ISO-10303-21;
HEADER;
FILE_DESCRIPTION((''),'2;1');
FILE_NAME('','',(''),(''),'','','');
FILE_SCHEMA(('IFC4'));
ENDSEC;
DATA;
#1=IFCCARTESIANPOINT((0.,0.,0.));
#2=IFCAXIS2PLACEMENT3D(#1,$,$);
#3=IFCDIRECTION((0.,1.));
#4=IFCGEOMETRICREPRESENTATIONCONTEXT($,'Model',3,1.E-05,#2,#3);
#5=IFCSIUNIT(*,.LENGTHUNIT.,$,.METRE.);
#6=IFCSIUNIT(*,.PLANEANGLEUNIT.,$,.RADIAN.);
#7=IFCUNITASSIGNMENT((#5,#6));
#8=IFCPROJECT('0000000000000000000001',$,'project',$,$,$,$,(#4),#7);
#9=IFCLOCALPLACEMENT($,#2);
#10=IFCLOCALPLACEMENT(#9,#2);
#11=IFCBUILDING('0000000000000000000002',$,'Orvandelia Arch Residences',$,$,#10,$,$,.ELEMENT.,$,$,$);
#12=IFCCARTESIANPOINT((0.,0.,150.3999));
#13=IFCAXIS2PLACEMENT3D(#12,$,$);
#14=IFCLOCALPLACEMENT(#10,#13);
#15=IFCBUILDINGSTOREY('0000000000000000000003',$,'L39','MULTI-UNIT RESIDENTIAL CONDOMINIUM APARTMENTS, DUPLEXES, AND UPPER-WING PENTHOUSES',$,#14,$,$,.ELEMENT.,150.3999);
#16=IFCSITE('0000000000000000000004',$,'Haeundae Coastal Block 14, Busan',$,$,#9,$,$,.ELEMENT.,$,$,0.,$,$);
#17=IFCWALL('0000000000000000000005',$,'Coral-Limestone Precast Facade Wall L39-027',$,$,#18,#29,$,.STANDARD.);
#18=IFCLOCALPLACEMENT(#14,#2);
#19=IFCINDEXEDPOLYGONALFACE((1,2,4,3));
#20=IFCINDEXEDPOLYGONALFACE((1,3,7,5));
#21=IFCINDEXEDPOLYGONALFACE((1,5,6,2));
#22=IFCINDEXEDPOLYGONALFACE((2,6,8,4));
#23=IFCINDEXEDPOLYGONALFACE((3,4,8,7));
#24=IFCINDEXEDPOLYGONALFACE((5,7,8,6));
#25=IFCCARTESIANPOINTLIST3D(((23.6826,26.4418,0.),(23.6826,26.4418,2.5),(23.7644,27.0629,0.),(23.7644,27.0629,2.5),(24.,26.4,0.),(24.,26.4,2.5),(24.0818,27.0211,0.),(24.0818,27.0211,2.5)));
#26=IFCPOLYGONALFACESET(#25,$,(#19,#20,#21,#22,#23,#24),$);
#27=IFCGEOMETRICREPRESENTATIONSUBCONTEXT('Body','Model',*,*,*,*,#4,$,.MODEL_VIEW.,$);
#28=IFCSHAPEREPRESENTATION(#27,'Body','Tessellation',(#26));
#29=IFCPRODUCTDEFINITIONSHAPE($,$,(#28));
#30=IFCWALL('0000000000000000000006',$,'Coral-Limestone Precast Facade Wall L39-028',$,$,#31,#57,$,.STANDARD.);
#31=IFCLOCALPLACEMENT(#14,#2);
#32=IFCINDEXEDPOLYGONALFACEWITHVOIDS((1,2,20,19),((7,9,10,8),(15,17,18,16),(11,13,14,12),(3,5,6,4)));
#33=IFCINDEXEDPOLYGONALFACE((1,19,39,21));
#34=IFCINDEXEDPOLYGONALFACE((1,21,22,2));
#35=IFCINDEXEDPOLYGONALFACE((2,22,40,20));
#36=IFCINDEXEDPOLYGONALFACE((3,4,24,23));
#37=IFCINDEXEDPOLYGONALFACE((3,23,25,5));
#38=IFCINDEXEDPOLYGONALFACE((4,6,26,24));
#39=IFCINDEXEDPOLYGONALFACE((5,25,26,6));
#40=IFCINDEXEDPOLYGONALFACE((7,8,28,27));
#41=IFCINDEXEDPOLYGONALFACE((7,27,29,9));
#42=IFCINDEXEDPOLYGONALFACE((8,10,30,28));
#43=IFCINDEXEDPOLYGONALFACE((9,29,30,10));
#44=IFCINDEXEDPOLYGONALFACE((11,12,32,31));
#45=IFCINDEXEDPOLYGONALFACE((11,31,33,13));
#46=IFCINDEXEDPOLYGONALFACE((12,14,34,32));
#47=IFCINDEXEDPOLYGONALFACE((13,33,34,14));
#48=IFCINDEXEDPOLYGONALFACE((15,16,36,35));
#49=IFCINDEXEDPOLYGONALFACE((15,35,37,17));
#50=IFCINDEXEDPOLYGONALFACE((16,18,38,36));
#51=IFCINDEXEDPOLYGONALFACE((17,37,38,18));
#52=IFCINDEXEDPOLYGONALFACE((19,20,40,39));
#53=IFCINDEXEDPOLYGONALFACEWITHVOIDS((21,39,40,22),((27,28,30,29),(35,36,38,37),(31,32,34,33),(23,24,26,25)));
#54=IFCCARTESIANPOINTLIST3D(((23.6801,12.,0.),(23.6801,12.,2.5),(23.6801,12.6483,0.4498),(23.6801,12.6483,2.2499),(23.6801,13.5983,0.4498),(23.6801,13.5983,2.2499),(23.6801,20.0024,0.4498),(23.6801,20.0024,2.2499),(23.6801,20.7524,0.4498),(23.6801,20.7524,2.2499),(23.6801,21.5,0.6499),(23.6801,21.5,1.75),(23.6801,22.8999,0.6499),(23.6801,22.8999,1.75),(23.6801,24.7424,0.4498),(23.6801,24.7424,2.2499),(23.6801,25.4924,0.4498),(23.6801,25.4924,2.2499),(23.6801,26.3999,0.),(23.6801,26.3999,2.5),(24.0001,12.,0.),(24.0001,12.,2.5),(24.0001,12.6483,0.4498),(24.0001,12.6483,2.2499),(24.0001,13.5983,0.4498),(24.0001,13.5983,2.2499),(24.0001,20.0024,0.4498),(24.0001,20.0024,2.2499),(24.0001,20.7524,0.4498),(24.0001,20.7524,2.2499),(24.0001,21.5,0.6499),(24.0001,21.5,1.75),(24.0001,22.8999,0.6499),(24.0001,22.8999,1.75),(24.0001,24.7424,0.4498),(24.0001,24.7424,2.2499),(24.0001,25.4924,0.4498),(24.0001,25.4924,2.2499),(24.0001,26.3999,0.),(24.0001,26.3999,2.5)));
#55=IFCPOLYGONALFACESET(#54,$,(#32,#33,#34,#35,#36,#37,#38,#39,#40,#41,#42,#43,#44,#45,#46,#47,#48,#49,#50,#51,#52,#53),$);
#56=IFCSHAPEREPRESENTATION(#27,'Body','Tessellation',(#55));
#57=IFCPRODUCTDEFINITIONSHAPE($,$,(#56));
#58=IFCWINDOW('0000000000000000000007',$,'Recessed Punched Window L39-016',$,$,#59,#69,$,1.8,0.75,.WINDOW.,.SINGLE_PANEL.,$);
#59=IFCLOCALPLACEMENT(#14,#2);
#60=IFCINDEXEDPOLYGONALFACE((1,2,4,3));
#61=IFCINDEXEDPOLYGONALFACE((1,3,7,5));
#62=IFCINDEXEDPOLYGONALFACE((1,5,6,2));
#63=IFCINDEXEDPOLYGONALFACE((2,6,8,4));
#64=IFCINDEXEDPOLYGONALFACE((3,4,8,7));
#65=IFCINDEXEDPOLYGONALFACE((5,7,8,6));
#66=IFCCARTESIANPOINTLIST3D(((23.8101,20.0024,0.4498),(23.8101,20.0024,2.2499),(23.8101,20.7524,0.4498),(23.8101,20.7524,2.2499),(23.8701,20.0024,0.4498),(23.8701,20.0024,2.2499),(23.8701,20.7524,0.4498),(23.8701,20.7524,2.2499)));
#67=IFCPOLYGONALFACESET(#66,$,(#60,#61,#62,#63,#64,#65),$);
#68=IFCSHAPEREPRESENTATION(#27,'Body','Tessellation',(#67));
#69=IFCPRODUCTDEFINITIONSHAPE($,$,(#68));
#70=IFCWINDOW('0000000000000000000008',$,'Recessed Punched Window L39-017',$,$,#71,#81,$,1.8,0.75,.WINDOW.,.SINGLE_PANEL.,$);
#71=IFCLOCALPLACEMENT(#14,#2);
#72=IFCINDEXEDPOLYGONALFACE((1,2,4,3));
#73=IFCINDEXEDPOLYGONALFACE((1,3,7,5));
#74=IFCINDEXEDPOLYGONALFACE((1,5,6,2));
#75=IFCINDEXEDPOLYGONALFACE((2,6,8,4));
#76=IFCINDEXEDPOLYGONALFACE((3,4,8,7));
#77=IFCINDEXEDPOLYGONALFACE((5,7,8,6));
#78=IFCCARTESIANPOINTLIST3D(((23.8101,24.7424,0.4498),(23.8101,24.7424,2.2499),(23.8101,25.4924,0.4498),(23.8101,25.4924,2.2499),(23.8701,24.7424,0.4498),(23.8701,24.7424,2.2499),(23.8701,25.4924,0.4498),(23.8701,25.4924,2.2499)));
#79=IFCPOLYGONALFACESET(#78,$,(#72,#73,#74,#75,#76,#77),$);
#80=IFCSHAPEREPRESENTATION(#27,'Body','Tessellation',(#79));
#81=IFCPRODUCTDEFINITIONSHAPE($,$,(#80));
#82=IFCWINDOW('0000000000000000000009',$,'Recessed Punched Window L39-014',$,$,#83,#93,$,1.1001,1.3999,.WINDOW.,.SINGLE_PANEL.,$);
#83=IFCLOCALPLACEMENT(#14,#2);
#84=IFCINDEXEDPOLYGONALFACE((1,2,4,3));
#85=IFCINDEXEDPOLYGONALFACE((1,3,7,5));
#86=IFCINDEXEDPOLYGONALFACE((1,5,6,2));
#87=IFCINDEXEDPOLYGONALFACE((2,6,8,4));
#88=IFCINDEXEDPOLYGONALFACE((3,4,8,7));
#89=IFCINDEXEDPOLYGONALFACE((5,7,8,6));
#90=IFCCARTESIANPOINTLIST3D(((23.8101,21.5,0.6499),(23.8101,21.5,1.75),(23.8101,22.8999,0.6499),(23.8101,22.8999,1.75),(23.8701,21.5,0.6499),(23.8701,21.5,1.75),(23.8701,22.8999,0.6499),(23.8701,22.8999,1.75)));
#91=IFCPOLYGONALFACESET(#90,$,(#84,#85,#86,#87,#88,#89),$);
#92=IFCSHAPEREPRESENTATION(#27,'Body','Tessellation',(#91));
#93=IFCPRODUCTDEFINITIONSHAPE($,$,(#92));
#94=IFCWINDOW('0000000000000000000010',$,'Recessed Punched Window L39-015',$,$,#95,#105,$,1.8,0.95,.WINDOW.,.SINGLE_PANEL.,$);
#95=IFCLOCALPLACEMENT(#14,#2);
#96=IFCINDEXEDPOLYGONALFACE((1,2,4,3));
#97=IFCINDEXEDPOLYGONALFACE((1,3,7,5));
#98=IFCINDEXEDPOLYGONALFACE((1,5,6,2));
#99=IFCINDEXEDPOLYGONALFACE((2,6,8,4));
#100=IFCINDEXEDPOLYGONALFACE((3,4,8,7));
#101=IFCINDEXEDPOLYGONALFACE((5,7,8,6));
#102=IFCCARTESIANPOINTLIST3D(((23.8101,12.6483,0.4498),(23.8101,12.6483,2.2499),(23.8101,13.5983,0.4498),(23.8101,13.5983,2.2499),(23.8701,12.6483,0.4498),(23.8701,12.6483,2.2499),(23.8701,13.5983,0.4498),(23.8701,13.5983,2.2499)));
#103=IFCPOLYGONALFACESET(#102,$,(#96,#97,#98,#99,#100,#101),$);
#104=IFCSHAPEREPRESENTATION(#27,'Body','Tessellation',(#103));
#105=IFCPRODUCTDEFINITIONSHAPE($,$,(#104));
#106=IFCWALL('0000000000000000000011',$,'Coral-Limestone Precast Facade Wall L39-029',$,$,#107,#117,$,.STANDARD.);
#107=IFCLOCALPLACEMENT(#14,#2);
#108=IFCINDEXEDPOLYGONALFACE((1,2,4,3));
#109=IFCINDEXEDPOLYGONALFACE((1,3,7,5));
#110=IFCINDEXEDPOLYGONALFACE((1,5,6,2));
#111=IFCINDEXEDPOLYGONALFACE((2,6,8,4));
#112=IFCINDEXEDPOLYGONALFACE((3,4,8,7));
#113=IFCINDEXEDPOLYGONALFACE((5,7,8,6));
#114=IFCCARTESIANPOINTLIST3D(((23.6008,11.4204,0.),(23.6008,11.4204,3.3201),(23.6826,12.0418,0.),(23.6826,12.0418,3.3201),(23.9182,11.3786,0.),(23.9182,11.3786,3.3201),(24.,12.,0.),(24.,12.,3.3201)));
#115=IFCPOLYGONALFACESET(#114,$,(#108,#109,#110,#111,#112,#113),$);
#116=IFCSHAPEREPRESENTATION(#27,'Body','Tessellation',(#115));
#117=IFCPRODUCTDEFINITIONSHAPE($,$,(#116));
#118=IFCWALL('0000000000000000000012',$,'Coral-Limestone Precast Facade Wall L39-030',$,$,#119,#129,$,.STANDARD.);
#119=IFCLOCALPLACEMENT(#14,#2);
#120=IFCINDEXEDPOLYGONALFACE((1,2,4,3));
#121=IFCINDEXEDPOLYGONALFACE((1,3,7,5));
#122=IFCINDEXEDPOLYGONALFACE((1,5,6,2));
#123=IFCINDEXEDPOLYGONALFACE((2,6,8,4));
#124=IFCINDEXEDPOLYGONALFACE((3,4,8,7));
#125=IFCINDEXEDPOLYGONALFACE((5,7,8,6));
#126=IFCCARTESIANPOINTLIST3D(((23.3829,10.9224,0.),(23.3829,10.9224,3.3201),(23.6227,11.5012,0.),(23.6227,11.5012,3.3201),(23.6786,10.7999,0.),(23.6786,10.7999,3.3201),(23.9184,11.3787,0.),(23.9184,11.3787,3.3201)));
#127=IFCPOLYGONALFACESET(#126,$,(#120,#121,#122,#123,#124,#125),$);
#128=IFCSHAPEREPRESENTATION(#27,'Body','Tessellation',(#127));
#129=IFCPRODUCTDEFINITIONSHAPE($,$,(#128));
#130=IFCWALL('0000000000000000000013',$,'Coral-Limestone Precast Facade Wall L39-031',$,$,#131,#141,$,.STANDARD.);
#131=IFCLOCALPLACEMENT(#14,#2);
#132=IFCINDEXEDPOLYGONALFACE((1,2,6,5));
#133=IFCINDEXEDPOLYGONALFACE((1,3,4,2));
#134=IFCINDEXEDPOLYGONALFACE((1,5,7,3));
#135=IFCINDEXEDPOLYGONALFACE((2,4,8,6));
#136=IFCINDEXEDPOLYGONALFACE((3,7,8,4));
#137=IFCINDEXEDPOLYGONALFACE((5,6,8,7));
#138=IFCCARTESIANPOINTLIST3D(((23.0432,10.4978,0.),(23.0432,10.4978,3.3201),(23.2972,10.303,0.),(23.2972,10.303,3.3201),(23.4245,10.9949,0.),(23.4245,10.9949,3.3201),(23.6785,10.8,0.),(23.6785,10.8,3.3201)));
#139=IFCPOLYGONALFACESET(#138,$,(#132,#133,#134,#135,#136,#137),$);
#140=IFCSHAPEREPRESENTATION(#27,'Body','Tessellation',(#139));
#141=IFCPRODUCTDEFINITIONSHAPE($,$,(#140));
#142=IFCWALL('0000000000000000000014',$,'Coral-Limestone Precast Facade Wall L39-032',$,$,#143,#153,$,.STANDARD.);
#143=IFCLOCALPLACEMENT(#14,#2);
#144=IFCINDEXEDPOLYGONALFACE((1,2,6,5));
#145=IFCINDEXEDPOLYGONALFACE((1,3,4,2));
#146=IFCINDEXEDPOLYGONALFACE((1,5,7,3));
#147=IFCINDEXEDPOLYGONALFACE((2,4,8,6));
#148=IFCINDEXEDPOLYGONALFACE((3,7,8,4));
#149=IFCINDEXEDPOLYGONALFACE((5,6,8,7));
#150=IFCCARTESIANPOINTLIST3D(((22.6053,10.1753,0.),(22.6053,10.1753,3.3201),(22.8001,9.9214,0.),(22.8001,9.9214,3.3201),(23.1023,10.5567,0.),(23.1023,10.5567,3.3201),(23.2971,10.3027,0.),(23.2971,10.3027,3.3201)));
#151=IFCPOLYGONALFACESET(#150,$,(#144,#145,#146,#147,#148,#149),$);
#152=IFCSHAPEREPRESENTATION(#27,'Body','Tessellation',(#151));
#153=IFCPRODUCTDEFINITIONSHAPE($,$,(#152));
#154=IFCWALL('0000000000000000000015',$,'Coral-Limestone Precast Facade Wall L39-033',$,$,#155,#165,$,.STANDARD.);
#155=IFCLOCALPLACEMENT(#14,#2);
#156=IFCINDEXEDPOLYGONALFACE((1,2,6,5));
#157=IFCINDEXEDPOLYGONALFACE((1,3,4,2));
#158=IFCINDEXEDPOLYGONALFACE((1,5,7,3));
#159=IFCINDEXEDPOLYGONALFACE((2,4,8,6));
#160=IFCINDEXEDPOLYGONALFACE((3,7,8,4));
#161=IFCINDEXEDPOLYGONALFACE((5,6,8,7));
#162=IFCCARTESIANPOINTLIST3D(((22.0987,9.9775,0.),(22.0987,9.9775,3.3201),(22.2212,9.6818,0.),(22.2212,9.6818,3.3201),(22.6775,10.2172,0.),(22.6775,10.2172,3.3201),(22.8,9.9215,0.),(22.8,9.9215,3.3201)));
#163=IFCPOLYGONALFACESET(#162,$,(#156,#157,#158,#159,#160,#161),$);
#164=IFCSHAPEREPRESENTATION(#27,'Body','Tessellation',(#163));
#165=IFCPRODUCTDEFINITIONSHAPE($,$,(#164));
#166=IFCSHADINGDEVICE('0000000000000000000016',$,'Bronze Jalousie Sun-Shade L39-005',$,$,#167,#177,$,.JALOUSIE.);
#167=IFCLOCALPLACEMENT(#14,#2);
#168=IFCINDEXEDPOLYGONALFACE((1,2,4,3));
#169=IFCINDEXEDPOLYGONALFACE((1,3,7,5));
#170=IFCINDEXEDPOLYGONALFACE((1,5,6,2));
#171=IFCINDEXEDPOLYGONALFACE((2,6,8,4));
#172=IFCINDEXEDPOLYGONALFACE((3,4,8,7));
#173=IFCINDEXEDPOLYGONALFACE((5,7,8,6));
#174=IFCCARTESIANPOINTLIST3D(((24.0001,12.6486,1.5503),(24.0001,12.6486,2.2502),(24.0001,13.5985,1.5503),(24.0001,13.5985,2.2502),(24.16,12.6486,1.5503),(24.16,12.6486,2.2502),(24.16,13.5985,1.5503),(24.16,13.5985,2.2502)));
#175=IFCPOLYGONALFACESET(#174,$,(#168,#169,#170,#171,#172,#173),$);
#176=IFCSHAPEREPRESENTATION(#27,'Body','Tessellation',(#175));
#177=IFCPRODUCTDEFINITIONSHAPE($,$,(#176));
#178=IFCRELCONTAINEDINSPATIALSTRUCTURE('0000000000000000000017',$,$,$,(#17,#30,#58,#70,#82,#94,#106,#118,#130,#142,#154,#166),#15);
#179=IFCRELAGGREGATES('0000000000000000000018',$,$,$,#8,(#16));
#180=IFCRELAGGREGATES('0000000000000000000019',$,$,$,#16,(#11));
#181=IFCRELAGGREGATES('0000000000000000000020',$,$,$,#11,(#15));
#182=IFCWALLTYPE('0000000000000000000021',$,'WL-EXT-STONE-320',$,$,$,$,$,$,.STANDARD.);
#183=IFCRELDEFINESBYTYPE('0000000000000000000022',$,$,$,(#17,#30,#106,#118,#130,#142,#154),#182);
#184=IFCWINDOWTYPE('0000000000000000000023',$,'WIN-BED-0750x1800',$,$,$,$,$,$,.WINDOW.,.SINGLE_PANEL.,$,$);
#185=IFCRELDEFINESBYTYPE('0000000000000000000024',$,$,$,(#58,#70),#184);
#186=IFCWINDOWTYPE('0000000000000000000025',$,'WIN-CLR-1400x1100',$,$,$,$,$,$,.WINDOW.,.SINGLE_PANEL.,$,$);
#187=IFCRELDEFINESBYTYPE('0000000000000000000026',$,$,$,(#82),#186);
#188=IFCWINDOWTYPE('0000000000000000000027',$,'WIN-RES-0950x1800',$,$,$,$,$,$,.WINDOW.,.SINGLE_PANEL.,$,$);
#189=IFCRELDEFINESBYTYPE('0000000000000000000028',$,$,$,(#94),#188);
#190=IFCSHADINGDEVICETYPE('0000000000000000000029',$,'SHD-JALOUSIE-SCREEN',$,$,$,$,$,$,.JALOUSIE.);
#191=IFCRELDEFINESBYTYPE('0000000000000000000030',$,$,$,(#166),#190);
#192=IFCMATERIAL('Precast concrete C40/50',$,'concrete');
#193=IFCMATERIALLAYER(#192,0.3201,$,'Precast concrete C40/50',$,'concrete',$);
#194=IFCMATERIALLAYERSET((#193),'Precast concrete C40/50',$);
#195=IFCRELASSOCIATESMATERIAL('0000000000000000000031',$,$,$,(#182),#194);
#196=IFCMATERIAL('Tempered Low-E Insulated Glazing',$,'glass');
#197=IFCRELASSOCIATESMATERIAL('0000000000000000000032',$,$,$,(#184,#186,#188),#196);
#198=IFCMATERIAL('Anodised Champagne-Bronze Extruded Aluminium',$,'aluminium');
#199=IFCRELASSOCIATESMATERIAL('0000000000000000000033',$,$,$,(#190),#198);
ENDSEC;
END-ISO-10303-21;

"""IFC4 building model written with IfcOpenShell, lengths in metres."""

from ifc_helpers import new_model, si_unit, direction, frame, frame_2d, origin, origin_2d, place, context, subcontext, project, spatial, rectangle, extrude, material, layer, layer_set, type_object, element, fill, save


model = new_model("IFC4")

# Units and contexts
model_context = context("Model", 3, precision=1e-05, world=origin(), true_north=direction((0.0, 1.0)))
body_context = subcontext(model_context, "Body", "Model", "MODEL_VIEW")
ifc_project = project(units=[si_unit("LENGTHUNIT", "METRE"), si_unit("PLANEANGLEUNIT", "RADIAN")], contexts=[model_context])

# Site, building, storey
site_placement = place(None, origin())
site = spatial("IfcSite", under=ifc_project, at=site_placement, Name="Haeundae Coastal Block 14, Busan", CompositionType="ELEMENT", RefElevation=0.0)
building_placement = place(site_placement, origin())
building = spatial("IfcBuilding", under=site, at=building_placement, Name="Orvandelia Arch Residences", CompositionType="ELEMENT")
storey_placement = place(building_placement, frame((0.0, 0.0, 150.3999)))
storey = spatial("IfcBuildingStorey", under=building, at=storey_placement, Name="L39", Description="MULTI-UNIT RESIDENTIAL CONDOMINIUM APARTMENTS, DUPLEXES, AND UPPER-WING PENTHOUSES", CompositionType="ELEMENT", Elevation=150.3999)

# Wall
ifc_material_1 = material(Name="Precast concrete C40/50", Category="concrete")
ifc_layer = layer(ifc_material_1, 0.3201, Name="Precast concrete C40/50", Category="concrete")
ifc_layer_set = layer_set([ifc_layer], Name="Precast concrete C40/50")
wall_type = type_object("IfcWallType", Name="WL-EXT-STONE-320", PredefinedType="STANDARD", material=ifc_layer_set)
wall_1_placement = place(storey_placement, frame((23.9231, 27.042, 0.0), z_axis=(0.0, 0.0, 1.0), x_axis=(-0.130555, -0.991441, 0.0)))
element("IfcWall", 1, at=wall_1_placement, inside=storey, type_object=wall_type, Name="Coral-Limestone Precast Facade Wall L39-027", PredefinedType="STANDARD", context=body_context, shape_type="SweptSolid", body=[
    extrude(rectangle(XDim=0.6265, YDim=0.3201, at=frame_2d((0.3132, 0.0))), origin(), (0.0, 0.0, 1.0), 2.5),
])

# Wall, openings, windows
wall_2_placement = place(storey_placement, frame((23.8401, 26.3999, 0.0), z_axis=(0.0, 0.0, 1.0), x_axis=(0.0, -1.0, 0.0)))
wall_2 = element("IfcWall", 2, at=wall_2_placement, inside=storey, type_object=wall_type, Name="Coral-Limestone Precast Facade Wall L39-028", PredefinedType="STANDARD", context=body_context, shape_type="SweptSolid", body=[
    extrude(rectangle(XDim=14.3999, YDim=0.3201, at=frame_2d((7.2, 0.0))), origin(), (0.0, 0.0, 1.0), 2.5),
])
opening_1_placement = place(wall_2_placement, frame((3.5, 0.0, 0.6499)))
opening_1 = element("IfcOpeningElement", 3, at=opening_1_placement, cuts=wall_2, PredefinedType="OPENING", context=body_context, shape_type="SweptSolid", body=[
    extrude(rectangle(XDim=1.3999, YDim=1.1001, at=frame_2d((0.7, 0.55))), frame((0.0, 0.1699, 0.0), z_axis=(0.0, -1.0, 0.0), x_axis=(1.0, 0.0, 0.0)), (0.0, 0.0, 1.0), 0.3401),
])
opening_2_placement = place(wall_2_placement, frame((12.8015, 0.0, 0.45)))
opening_2 = element("IfcOpeningElement", 4, at=opening_2_placement, cuts=wall_2, PredefinedType="OPENING", context=body_context, shape_type="SweptSolid", body=[
    extrude(rectangle(XDim=0.95, YDim=1.8, at=frame_2d((0.4751, 0.8999))), frame((0.0, 0.1699, 0.0), z_axis=(0.0, -1.0, 0.0), x_axis=(1.0, 0.0, 0.0)), (0.0, 0.0, 1.0), 0.3401),
])
opening_3_placement = place(wall_2_placement, frame((5.6475, 0.0, 0.45)))
opening_3 = element("IfcOpeningElement", 5, at=opening_3_placement, cuts=wall_2, PredefinedType="OPENING", context=body_context, shape_type="SweptSolid", body=[
    extrude(rectangle(XDim=0.75, YDim=1.8, at=frame_2d((0.375, 0.8999))), frame((0.0, 0.1699, 0.0), z_axis=(0.0, -1.0, 0.0), x_axis=(1.0, 0.0, 0.0)), (0.0, 0.0, 1.0), 0.3401),
])
opening_4_placement = place(wall_2_placement, frame((0.9075, 0.0, 0.45)))
opening_4 = element("IfcOpeningElement", 6, at=opening_4_placement, cuts=wall_2, PredefinedType="OPENING", context=body_context, shape_type="SweptSolid", body=[
    extrude(rectangle(XDim=0.75, YDim=1.8, at=frame_2d((0.375, 0.8999))), frame((0.0, 0.1699, 0.0), z_axis=(0.0, -1.0, 0.0), x_axis=(1.0, 0.0, 0.0)), (0.0, 0.0, 1.0), 0.3401),
])
ifc_material_2 = material(Name="Tempered Low-E Insulated Glazing", Category="glass")
window_type_1 = type_object("IfcWindowType", Name="WIN-BED-0750x1800", PartitioningType="SINGLE_PANEL", PredefinedType="WINDOW", material=ifc_material_2)
window_1_placement = place(opening_3_placement, origin())
window_1 = element("IfcWindow", 7, at=window_1_placement, inside=storey, type_object=window_type_1, Name="Recessed Punched Window L39-016", OverallHeight=1.8, OverallWidth=0.75, PartitioningType="SINGLE_PANEL", PredefinedType="WINDOW", context=body_context, shape_type="SweptSolid", body=[
    extrude(rectangle(XDim=0.75, YDim=1.8, at=frame_2d((0.375, 0.8999))), frame((0.0, 0.03, 0.0), z_axis=(0.0, -1.0, 0.0), x_axis=(1.0, 0.0, 0.0)), (0.0, 0.0, 1.0), 0.0601),
])
fill(opening_3, window_1)
window_2_placement = place(opening_4_placement, origin())
window_2 = element("IfcWindow", 8, at=window_2_placement, inside=storey, type_object=window_type_1, Name="Recessed Punched Window L39-017", OverallHeight=1.8, OverallWidth=0.75, PartitioningType="SINGLE_PANEL", PredefinedType="WINDOW", context=body_context, shape_type="SweptSolid", body=[
    extrude(rectangle(XDim=0.75, YDim=1.8, at=frame_2d((0.375, 0.8999))), frame((0.0, 0.03, 0.0), z_axis=(0.0, -1.0, 0.0), x_axis=(1.0, 0.0, 0.0)), (0.0, 0.0, 1.0), 0.0601),
])
fill(opening_4, window_2)
window_type_2 = type_object("IfcWindowType", Name="WIN-CLR-1400x1100", PartitioningType="SINGLE_PANEL", PredefinedType="WINDOW", material=ifc_material_2)
window_3_placement = place(opening_1_placement, origin())
window_3 = element("IfcWindow", 9, at=window_3_placement, inside=storey, type_object=window_type_2, Name="Recessed Punched Window L39-014", OverallHeight=1.1001, OverallWidth=1.3999, PartitioningType="SINGLE_PANEL", PredefinedType="WINDOW", context=body_context, shape_type="SweptSolid", body=[
    extrude(rectangle(XDim=1.3999, YDim=1.1001, at=frame_2d((0.7, 0.55))), frame((0.0, 0.03, 0.0), z_axis=(0.0, -1.0, 0.0), x_axis=(1.0, 0.0, 0.0)), (0.0, 0.0, 1.0), 0.0601),
])
fill(opening_1, window_3)
window_type_3 = type_object("IfcWindowType", Name="WIN-RES-0950x1800", PartitioningType="SINGLE_PANEL", PredefinedType="WINDOW", material=ifc_material_2)
window_4_placement = place(opening_2_placement, origin())
window_4 = element("IfcWindow", 10, at=window_4_placement, inside=storey, type_object=window_type_3, Name="Recessed Punched Window L39-015", OverallHeight=1.8, OverallWidth=0.95, PartitioningType="SINGLE_PANEL", PredefinedType="WINDOW", context=body_context, shape_type="SweptSolid", body=[
    extrude(rectangle(XDim=0.95, YDim=1.8, at=frame_2d((0.4751, 0.8999))), frame((0.0, 0.03, 0.0), z_axis=(0.0, -1.0, 0.0), x_axis=(1.0, 0.0, 0.0)), (0.0, 0.0, 1.0), 0.0601),
])
fill(opening_2, window_4)

# Walls
wall_3_placement = place(storey_placement, frame((23.8413, 12.021, 0.0), z_axis=(0.0, 0.0, 1.0), x_axis=(-0.130505, -0.991448, 0.0)))
element("IfcWall", 11, at=wall_3_placement, inside=storey, type_object=wall_type, Name="Coral-Limestone Precast Facade Wall L39-029", PredefinedType="STANDARD", context=body_context, shape_type="SweptSolid", body=[
    extrude(rectangle(XDim=0.6267, YDim=0.3201, at=frame_2d((0.3135, 0.0))), origin(), (0.0, 0.0, 1.0), 3.3201),
])
for number, where, z_axis, x_axis, name in (
    (12, (23.7705, 11.4399, 0.0), (0.0, 0.0, 1.0), (-0.38265, -0.923893, 0.0), "Coral-Limestone Precast Facade Wall L39-030"),
    (13, (23.5515, 10.8975, 0.0), (0.0, 0.0, 1.0), (-0.608693, -0.793406, 0.0), "Coral-Limestone Precast Facade Wall L39-031"),
    (14, (23.1997, 10.4297, 0.0), (0.0, 0.0, 1.0), (-0.793406, -0.608693, 0.0), "Coral-Limestone Precast Facade Wall L39-032"),
    (15, (22.7388, 10.0693, 0.0), (0.0, 0.0, 1.0), (-0.923893, -0.38265, 0.0), "Coral-Limestone Precast Facade Wall L39-033"),
):
    element("IfcWall", number, at=place(storey_placement, frame(where, z_axis=z_axis, x_axis=x_axis)), inside=storey, type_object=wall_type, Name=name, PredefinedType="STANDARD", context=body_context, shape_type="SweptSolid", body=[
        extrude(rectangle(XDim=0.6265, YDim=0.3201, at=frame_2d((0.3132, 0.0))), origin(), (0.0, 0.0, 1.0), 3.3201),
    ])

# Shading device
ifc_material_3 = material(Name="Anodised Champagne-Bronze Extruded Aluminium", Category="aluminium")
shading_device_type = type_object("IfcShadingDeviceType", Name="SHD-JALOUSIE-SCREEN", PredefinedType="JALOUSIE", material=ifc_material_3)
shading_device_placement = place(storey_placement, frame((24.0801, 13.1235, 1.5503), z_axis=(0.0, 0.0, 1.0), x_axis=(0.0, -1.0, 0.0)))
element("IfcShadingDevice", 16, at=shading_device_placement, inside=storey, type_object=shading_device_type, Name="Bronze Jalousie Sun-Shade L39-005", PredefinedType="JALOUSIE", context=body_context, shape_type="SweptSolid", body=[
    extrude(rectangle(XDim=0.95, YDim=0.1599, at=origin_2d()), origin(), (0.0, 0.0, 1.0), 0.7),
])

save(model, "model.ifc")
